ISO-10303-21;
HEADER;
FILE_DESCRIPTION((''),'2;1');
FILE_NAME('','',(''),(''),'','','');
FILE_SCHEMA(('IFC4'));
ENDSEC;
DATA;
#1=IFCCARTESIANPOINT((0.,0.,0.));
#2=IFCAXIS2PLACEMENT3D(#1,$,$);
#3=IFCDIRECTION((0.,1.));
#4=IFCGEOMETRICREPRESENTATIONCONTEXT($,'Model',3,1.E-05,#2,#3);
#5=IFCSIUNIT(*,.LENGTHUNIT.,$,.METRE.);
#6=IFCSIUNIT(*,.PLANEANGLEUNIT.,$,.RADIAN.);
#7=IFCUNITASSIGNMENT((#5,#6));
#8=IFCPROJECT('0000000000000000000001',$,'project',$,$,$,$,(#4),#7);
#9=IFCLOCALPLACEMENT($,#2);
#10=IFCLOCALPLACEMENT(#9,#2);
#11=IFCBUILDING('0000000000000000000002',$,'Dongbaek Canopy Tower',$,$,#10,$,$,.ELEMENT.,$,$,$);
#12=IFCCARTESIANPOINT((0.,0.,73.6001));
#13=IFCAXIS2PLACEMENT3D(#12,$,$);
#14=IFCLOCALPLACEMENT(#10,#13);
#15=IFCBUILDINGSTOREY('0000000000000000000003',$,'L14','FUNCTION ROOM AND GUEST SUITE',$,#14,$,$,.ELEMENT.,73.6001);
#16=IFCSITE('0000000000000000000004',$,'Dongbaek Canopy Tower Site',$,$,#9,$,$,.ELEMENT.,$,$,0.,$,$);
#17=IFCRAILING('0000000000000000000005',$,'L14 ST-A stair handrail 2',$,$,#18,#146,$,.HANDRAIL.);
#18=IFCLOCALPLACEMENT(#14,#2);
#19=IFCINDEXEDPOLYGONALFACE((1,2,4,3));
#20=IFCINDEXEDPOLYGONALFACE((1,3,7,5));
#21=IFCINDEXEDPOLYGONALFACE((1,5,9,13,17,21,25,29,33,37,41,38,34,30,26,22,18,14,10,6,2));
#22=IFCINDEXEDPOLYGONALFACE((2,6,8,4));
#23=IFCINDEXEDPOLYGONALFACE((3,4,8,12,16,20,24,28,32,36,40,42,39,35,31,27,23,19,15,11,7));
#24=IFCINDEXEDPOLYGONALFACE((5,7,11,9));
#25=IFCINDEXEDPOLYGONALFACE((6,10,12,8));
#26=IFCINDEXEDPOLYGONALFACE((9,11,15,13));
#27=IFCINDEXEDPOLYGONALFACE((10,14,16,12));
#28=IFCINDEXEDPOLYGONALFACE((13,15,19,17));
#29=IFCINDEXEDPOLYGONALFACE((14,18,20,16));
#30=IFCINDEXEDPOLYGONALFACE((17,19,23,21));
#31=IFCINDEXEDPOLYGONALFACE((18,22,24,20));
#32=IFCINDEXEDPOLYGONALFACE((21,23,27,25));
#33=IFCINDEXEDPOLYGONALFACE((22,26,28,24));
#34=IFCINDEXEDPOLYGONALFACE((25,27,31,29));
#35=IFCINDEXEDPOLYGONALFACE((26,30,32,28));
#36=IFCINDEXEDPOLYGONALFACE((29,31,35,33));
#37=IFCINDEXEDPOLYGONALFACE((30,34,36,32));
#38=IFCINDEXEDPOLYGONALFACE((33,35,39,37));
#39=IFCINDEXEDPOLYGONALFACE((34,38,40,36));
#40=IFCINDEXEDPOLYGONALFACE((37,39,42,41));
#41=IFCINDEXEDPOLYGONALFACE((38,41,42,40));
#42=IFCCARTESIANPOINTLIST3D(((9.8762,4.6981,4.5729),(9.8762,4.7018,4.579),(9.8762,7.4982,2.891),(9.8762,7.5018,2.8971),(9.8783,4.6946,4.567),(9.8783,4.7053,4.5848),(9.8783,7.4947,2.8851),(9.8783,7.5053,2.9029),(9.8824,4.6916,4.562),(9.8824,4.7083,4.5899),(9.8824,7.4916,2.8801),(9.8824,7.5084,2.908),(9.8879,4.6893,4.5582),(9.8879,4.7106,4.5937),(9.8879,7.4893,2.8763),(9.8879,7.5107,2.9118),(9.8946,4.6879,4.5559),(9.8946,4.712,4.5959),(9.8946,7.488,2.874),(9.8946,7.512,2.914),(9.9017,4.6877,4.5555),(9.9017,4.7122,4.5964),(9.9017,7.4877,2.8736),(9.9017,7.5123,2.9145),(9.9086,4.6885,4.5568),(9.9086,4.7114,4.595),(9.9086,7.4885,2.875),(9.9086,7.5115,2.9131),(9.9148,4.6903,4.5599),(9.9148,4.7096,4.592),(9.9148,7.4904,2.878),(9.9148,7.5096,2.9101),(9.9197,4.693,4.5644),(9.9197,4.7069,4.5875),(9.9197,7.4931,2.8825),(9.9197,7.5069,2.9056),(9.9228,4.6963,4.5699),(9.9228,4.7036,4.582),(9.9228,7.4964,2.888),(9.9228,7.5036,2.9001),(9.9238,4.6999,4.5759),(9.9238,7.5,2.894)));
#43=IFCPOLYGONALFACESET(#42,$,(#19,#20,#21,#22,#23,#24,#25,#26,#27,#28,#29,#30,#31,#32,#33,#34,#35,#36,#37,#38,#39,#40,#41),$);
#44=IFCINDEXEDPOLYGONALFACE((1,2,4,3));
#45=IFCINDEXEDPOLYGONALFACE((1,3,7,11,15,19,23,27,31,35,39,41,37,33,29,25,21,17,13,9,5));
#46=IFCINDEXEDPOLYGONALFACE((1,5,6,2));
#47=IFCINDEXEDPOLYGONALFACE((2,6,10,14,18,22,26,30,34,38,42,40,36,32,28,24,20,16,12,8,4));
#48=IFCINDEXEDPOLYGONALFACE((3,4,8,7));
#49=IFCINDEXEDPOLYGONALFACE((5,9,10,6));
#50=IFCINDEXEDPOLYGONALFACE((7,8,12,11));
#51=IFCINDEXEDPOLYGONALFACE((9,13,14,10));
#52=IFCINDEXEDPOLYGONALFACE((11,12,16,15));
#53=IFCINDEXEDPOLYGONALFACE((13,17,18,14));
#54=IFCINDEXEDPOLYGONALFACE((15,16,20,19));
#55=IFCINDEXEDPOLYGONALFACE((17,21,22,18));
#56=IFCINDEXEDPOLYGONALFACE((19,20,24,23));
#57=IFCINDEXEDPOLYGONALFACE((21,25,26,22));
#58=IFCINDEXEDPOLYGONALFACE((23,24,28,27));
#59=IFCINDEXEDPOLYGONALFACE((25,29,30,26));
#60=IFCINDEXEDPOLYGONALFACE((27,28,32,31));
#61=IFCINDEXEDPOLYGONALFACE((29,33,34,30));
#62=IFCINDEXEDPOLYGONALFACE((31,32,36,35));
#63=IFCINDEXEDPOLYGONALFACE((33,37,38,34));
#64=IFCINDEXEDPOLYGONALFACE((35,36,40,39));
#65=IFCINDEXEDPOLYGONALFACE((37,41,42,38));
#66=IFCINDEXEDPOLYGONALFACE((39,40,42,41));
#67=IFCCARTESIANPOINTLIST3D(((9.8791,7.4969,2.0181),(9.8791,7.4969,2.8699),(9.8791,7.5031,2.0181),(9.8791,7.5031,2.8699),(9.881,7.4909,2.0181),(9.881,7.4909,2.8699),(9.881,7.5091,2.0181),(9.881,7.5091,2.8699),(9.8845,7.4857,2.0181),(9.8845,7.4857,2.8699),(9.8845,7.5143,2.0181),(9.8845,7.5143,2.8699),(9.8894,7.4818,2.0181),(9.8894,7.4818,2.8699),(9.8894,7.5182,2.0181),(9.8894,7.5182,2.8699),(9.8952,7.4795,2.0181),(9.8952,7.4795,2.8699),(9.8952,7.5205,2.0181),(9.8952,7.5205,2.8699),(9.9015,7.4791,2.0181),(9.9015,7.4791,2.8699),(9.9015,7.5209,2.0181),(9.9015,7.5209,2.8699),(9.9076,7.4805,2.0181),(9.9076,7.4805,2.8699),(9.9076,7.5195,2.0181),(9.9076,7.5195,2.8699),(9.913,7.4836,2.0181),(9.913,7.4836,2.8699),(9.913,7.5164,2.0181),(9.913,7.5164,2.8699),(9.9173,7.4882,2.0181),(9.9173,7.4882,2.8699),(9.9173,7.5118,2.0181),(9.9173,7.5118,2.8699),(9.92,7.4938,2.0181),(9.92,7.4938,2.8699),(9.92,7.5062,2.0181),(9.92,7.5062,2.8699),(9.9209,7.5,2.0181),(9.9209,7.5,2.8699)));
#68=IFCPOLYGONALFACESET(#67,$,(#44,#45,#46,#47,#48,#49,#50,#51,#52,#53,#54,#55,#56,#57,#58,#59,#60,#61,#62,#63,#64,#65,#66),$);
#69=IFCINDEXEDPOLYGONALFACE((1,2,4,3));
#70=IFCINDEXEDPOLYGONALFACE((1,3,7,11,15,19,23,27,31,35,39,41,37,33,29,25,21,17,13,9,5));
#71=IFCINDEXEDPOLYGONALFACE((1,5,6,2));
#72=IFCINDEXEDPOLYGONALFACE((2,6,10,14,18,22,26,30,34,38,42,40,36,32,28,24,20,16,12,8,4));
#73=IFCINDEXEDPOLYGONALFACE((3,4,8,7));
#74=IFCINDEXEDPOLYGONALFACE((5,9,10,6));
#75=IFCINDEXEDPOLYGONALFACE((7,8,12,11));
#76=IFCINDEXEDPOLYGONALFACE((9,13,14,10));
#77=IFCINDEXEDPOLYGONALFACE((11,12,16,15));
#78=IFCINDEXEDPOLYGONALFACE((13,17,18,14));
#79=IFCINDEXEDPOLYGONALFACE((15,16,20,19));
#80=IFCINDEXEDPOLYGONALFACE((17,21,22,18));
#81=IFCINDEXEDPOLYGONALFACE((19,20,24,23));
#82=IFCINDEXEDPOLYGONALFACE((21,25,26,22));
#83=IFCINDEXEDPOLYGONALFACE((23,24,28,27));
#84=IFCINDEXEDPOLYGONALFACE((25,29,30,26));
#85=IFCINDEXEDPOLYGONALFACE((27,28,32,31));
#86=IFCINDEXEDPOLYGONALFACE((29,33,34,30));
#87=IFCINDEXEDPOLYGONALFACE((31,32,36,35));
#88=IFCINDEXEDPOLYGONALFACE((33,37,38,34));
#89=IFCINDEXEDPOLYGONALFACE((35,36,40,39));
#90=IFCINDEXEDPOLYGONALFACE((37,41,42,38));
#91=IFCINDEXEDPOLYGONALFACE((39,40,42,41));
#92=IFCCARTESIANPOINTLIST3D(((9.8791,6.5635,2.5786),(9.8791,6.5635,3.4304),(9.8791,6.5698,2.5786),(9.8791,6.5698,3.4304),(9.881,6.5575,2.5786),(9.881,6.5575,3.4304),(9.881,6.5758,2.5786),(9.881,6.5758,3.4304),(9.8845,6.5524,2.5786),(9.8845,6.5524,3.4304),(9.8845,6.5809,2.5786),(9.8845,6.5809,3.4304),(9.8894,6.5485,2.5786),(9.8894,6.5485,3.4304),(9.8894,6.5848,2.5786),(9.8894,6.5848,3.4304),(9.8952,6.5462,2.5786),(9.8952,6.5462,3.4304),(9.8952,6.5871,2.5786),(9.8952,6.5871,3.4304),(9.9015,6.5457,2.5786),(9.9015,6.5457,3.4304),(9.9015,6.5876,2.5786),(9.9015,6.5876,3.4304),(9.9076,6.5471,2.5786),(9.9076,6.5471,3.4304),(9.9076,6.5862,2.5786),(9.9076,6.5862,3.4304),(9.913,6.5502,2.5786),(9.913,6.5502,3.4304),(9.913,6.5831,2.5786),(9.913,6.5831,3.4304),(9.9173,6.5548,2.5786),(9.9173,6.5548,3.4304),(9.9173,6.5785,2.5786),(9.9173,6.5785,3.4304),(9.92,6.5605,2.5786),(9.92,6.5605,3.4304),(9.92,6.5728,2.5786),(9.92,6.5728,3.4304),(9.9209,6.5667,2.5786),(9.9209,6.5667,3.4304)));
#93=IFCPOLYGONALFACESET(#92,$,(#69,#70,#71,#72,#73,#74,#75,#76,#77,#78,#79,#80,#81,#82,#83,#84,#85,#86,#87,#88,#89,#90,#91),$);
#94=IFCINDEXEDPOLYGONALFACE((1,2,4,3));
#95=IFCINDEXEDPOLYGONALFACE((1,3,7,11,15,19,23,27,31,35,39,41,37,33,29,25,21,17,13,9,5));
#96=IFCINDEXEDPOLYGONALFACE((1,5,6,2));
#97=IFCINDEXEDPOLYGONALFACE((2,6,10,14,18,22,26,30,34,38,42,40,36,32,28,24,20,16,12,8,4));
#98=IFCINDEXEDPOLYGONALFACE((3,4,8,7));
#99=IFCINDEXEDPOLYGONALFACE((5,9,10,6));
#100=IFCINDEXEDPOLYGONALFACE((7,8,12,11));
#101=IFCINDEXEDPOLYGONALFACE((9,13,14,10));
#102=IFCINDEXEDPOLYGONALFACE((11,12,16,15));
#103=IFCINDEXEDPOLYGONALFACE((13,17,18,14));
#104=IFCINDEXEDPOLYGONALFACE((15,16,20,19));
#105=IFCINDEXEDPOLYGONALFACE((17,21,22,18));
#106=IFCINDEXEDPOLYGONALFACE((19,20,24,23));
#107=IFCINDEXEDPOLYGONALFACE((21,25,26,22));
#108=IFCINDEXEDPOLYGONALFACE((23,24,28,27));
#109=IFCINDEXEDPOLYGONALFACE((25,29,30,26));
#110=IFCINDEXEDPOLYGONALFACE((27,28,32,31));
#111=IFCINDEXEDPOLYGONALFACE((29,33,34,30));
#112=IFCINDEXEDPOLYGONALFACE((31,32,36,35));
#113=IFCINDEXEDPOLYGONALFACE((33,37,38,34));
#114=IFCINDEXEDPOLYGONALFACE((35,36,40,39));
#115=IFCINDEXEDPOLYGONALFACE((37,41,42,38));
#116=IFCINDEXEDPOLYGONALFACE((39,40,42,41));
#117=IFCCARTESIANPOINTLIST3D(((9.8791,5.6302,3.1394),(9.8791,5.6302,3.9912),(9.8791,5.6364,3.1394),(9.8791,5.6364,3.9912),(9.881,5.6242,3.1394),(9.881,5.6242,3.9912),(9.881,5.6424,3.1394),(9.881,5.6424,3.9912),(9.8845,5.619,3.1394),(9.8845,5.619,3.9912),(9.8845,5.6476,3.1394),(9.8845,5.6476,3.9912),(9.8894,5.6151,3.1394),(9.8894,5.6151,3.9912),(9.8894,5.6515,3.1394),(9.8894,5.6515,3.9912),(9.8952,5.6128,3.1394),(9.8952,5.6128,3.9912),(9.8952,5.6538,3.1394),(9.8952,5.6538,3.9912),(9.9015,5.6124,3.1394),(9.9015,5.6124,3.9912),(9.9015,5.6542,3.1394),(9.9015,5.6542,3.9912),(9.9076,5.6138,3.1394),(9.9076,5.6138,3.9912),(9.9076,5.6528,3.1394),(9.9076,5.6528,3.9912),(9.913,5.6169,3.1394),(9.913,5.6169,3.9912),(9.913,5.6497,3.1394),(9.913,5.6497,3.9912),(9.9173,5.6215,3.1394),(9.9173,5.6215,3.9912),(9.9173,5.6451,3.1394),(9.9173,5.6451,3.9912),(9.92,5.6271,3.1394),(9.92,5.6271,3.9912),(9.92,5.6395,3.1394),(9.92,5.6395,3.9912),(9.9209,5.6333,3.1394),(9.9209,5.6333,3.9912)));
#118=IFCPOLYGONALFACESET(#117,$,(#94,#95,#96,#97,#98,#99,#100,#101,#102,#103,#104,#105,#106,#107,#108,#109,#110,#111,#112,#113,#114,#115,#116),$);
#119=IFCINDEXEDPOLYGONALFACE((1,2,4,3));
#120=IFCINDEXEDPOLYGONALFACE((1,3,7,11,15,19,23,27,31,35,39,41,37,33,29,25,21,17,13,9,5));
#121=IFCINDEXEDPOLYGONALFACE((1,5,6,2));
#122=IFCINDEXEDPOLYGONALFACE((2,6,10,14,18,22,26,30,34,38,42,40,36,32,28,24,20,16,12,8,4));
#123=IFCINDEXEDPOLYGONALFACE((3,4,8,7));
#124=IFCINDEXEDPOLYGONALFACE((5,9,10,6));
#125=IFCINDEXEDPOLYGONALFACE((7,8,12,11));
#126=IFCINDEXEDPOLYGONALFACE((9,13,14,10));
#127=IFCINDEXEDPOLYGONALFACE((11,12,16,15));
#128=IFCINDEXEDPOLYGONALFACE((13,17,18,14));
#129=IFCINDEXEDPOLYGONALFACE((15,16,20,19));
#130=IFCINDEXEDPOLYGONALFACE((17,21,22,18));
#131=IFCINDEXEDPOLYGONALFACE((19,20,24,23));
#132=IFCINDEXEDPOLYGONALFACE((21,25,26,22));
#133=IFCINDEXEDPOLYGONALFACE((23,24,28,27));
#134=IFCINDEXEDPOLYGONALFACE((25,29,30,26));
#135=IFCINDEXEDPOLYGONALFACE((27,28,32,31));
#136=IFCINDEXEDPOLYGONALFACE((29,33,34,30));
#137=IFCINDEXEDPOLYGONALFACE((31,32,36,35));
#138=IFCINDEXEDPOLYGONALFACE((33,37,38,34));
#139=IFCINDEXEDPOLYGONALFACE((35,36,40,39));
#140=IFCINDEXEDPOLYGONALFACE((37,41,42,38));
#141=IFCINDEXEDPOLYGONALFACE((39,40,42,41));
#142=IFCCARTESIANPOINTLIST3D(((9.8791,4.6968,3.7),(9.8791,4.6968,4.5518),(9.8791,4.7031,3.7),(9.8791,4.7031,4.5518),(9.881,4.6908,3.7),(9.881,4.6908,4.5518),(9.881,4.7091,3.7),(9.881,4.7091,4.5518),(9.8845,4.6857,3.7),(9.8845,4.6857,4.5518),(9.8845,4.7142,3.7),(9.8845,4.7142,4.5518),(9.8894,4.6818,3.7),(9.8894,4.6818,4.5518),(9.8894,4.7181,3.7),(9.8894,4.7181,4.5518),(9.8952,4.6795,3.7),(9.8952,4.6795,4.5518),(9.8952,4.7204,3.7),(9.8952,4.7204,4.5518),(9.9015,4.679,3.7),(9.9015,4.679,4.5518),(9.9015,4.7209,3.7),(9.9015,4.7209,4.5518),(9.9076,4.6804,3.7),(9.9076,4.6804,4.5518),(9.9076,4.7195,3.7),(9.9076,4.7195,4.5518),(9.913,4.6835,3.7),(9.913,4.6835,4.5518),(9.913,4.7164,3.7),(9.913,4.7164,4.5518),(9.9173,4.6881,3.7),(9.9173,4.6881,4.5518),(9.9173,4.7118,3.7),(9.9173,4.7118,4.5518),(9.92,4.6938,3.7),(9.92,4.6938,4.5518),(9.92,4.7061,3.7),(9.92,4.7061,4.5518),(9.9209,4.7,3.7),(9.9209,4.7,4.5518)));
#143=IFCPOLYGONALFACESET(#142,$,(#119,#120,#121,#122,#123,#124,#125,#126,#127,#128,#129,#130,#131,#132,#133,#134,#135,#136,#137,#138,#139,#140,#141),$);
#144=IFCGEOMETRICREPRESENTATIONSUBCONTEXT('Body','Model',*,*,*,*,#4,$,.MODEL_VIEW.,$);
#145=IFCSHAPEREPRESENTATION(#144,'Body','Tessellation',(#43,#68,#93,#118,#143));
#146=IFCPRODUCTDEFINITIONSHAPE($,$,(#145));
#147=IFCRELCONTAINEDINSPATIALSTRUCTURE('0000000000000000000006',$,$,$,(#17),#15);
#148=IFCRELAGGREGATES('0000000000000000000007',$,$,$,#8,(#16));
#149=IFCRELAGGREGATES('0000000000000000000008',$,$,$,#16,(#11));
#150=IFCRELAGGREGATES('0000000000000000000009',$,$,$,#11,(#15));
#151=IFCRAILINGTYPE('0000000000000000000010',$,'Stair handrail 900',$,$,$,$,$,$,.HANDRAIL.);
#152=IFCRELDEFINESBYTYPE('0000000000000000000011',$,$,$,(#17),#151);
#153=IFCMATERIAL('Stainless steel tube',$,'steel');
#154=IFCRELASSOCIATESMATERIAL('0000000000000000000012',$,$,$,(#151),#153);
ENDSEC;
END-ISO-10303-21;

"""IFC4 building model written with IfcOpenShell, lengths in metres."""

from ifc_helpers import new_model, si_unit, direction, frame, origin, origin_2d, place, context, subcontext, project, spatial, circle, extrude, material, type_object, element, save


model = new_model("IFC4")

# Units and contexts
model_context = context("Model", 3, precision=1e-05, world=origin(), true_north=direction((0.0, 1.0)))
body_context = subcontext(model_context, "Body", "Model", "MODEL_VIEW")
ifc_project = project(units=[si_unit("LENGTHUNIT", "METRE"), si_unit("PLANEANGLEUNIT", "RADIAN")], contexts=[model_context])

# Site, building, storey
site_placement = place(None, origin())
site = spatial("IfcSite", under=ifc_project, at=site_placement, Name="Dongbaek Canopy Tower Site", CompositionType="ELEMENT", RefElevation=0.0)
building_placement = place(site_placement, origin())
building = spatial("IfcBuilding", under=site, at=building_placement, Name="Dongbaek Canopy Tower", CompositionType="ELEMENT")
storey_placement = place(building_placement, frame((0.0, 0.0, 73.6001)))
storey = spatial("IfcBuildingStorey", under=building, at=storey_placement, Name="L14", Description="FUNCTION ROOM AND GUEST SUITE", CompositionType="ELEMENT", Elevation=73.6001)

# Railing
ifc_material_1 = material(Name="Stainless steel tube", Category="steel")
railing_type_1 = type_object("IfcRailingType", Name="Stair handrail 900", PredefinedType="HANDRAIL", material=ifc_material_1)
railing_1_placement = place(storey_placement, frame((9.8999, 7.5, 2.0181)))
element("IfcRailing", 1, at=railing_1_placement, inside=storey, type_object=railing_type_1, Name="L14 ST-A stair handrail 2", PredefinedType="HANDRAIL", context=body_context, shape_type="SweptSolid", body=[
    extrude(circle(Radius=0.0239, at=origin_2d()), frame((0.0, 0.0, 0.876), z_axis=(0.0, -0.857242, 0.514913), x_axis=(1.0, 0.0, 0.0)), (0.0, 0.0, 1.0), 3.2664),
    extrude(circle(Radius=0.021, at=origin_2d()), origin(), (0.0, 0.0, 1.0), 0.8518),
    extrude(circle(Radius=0.021, at=origin_2d()), frame((0.0, -0.9333, 0.5605)), (0.0, 0.0, 1.0), 0.8518),
    extrude(circle(Radius=0.021, at=origin_2d()), frame((0.0, -1.8667, 1.1213)), (0.0, 0.0, 1.0), 0.8518),
    extrude(circle(Radius=0.021, at=origin_2d()), frame((0.0, -2.8, 1.6819)), (0.0, 0.0, 1.0), 0.8518),
])

save(model, "model.ifc")
